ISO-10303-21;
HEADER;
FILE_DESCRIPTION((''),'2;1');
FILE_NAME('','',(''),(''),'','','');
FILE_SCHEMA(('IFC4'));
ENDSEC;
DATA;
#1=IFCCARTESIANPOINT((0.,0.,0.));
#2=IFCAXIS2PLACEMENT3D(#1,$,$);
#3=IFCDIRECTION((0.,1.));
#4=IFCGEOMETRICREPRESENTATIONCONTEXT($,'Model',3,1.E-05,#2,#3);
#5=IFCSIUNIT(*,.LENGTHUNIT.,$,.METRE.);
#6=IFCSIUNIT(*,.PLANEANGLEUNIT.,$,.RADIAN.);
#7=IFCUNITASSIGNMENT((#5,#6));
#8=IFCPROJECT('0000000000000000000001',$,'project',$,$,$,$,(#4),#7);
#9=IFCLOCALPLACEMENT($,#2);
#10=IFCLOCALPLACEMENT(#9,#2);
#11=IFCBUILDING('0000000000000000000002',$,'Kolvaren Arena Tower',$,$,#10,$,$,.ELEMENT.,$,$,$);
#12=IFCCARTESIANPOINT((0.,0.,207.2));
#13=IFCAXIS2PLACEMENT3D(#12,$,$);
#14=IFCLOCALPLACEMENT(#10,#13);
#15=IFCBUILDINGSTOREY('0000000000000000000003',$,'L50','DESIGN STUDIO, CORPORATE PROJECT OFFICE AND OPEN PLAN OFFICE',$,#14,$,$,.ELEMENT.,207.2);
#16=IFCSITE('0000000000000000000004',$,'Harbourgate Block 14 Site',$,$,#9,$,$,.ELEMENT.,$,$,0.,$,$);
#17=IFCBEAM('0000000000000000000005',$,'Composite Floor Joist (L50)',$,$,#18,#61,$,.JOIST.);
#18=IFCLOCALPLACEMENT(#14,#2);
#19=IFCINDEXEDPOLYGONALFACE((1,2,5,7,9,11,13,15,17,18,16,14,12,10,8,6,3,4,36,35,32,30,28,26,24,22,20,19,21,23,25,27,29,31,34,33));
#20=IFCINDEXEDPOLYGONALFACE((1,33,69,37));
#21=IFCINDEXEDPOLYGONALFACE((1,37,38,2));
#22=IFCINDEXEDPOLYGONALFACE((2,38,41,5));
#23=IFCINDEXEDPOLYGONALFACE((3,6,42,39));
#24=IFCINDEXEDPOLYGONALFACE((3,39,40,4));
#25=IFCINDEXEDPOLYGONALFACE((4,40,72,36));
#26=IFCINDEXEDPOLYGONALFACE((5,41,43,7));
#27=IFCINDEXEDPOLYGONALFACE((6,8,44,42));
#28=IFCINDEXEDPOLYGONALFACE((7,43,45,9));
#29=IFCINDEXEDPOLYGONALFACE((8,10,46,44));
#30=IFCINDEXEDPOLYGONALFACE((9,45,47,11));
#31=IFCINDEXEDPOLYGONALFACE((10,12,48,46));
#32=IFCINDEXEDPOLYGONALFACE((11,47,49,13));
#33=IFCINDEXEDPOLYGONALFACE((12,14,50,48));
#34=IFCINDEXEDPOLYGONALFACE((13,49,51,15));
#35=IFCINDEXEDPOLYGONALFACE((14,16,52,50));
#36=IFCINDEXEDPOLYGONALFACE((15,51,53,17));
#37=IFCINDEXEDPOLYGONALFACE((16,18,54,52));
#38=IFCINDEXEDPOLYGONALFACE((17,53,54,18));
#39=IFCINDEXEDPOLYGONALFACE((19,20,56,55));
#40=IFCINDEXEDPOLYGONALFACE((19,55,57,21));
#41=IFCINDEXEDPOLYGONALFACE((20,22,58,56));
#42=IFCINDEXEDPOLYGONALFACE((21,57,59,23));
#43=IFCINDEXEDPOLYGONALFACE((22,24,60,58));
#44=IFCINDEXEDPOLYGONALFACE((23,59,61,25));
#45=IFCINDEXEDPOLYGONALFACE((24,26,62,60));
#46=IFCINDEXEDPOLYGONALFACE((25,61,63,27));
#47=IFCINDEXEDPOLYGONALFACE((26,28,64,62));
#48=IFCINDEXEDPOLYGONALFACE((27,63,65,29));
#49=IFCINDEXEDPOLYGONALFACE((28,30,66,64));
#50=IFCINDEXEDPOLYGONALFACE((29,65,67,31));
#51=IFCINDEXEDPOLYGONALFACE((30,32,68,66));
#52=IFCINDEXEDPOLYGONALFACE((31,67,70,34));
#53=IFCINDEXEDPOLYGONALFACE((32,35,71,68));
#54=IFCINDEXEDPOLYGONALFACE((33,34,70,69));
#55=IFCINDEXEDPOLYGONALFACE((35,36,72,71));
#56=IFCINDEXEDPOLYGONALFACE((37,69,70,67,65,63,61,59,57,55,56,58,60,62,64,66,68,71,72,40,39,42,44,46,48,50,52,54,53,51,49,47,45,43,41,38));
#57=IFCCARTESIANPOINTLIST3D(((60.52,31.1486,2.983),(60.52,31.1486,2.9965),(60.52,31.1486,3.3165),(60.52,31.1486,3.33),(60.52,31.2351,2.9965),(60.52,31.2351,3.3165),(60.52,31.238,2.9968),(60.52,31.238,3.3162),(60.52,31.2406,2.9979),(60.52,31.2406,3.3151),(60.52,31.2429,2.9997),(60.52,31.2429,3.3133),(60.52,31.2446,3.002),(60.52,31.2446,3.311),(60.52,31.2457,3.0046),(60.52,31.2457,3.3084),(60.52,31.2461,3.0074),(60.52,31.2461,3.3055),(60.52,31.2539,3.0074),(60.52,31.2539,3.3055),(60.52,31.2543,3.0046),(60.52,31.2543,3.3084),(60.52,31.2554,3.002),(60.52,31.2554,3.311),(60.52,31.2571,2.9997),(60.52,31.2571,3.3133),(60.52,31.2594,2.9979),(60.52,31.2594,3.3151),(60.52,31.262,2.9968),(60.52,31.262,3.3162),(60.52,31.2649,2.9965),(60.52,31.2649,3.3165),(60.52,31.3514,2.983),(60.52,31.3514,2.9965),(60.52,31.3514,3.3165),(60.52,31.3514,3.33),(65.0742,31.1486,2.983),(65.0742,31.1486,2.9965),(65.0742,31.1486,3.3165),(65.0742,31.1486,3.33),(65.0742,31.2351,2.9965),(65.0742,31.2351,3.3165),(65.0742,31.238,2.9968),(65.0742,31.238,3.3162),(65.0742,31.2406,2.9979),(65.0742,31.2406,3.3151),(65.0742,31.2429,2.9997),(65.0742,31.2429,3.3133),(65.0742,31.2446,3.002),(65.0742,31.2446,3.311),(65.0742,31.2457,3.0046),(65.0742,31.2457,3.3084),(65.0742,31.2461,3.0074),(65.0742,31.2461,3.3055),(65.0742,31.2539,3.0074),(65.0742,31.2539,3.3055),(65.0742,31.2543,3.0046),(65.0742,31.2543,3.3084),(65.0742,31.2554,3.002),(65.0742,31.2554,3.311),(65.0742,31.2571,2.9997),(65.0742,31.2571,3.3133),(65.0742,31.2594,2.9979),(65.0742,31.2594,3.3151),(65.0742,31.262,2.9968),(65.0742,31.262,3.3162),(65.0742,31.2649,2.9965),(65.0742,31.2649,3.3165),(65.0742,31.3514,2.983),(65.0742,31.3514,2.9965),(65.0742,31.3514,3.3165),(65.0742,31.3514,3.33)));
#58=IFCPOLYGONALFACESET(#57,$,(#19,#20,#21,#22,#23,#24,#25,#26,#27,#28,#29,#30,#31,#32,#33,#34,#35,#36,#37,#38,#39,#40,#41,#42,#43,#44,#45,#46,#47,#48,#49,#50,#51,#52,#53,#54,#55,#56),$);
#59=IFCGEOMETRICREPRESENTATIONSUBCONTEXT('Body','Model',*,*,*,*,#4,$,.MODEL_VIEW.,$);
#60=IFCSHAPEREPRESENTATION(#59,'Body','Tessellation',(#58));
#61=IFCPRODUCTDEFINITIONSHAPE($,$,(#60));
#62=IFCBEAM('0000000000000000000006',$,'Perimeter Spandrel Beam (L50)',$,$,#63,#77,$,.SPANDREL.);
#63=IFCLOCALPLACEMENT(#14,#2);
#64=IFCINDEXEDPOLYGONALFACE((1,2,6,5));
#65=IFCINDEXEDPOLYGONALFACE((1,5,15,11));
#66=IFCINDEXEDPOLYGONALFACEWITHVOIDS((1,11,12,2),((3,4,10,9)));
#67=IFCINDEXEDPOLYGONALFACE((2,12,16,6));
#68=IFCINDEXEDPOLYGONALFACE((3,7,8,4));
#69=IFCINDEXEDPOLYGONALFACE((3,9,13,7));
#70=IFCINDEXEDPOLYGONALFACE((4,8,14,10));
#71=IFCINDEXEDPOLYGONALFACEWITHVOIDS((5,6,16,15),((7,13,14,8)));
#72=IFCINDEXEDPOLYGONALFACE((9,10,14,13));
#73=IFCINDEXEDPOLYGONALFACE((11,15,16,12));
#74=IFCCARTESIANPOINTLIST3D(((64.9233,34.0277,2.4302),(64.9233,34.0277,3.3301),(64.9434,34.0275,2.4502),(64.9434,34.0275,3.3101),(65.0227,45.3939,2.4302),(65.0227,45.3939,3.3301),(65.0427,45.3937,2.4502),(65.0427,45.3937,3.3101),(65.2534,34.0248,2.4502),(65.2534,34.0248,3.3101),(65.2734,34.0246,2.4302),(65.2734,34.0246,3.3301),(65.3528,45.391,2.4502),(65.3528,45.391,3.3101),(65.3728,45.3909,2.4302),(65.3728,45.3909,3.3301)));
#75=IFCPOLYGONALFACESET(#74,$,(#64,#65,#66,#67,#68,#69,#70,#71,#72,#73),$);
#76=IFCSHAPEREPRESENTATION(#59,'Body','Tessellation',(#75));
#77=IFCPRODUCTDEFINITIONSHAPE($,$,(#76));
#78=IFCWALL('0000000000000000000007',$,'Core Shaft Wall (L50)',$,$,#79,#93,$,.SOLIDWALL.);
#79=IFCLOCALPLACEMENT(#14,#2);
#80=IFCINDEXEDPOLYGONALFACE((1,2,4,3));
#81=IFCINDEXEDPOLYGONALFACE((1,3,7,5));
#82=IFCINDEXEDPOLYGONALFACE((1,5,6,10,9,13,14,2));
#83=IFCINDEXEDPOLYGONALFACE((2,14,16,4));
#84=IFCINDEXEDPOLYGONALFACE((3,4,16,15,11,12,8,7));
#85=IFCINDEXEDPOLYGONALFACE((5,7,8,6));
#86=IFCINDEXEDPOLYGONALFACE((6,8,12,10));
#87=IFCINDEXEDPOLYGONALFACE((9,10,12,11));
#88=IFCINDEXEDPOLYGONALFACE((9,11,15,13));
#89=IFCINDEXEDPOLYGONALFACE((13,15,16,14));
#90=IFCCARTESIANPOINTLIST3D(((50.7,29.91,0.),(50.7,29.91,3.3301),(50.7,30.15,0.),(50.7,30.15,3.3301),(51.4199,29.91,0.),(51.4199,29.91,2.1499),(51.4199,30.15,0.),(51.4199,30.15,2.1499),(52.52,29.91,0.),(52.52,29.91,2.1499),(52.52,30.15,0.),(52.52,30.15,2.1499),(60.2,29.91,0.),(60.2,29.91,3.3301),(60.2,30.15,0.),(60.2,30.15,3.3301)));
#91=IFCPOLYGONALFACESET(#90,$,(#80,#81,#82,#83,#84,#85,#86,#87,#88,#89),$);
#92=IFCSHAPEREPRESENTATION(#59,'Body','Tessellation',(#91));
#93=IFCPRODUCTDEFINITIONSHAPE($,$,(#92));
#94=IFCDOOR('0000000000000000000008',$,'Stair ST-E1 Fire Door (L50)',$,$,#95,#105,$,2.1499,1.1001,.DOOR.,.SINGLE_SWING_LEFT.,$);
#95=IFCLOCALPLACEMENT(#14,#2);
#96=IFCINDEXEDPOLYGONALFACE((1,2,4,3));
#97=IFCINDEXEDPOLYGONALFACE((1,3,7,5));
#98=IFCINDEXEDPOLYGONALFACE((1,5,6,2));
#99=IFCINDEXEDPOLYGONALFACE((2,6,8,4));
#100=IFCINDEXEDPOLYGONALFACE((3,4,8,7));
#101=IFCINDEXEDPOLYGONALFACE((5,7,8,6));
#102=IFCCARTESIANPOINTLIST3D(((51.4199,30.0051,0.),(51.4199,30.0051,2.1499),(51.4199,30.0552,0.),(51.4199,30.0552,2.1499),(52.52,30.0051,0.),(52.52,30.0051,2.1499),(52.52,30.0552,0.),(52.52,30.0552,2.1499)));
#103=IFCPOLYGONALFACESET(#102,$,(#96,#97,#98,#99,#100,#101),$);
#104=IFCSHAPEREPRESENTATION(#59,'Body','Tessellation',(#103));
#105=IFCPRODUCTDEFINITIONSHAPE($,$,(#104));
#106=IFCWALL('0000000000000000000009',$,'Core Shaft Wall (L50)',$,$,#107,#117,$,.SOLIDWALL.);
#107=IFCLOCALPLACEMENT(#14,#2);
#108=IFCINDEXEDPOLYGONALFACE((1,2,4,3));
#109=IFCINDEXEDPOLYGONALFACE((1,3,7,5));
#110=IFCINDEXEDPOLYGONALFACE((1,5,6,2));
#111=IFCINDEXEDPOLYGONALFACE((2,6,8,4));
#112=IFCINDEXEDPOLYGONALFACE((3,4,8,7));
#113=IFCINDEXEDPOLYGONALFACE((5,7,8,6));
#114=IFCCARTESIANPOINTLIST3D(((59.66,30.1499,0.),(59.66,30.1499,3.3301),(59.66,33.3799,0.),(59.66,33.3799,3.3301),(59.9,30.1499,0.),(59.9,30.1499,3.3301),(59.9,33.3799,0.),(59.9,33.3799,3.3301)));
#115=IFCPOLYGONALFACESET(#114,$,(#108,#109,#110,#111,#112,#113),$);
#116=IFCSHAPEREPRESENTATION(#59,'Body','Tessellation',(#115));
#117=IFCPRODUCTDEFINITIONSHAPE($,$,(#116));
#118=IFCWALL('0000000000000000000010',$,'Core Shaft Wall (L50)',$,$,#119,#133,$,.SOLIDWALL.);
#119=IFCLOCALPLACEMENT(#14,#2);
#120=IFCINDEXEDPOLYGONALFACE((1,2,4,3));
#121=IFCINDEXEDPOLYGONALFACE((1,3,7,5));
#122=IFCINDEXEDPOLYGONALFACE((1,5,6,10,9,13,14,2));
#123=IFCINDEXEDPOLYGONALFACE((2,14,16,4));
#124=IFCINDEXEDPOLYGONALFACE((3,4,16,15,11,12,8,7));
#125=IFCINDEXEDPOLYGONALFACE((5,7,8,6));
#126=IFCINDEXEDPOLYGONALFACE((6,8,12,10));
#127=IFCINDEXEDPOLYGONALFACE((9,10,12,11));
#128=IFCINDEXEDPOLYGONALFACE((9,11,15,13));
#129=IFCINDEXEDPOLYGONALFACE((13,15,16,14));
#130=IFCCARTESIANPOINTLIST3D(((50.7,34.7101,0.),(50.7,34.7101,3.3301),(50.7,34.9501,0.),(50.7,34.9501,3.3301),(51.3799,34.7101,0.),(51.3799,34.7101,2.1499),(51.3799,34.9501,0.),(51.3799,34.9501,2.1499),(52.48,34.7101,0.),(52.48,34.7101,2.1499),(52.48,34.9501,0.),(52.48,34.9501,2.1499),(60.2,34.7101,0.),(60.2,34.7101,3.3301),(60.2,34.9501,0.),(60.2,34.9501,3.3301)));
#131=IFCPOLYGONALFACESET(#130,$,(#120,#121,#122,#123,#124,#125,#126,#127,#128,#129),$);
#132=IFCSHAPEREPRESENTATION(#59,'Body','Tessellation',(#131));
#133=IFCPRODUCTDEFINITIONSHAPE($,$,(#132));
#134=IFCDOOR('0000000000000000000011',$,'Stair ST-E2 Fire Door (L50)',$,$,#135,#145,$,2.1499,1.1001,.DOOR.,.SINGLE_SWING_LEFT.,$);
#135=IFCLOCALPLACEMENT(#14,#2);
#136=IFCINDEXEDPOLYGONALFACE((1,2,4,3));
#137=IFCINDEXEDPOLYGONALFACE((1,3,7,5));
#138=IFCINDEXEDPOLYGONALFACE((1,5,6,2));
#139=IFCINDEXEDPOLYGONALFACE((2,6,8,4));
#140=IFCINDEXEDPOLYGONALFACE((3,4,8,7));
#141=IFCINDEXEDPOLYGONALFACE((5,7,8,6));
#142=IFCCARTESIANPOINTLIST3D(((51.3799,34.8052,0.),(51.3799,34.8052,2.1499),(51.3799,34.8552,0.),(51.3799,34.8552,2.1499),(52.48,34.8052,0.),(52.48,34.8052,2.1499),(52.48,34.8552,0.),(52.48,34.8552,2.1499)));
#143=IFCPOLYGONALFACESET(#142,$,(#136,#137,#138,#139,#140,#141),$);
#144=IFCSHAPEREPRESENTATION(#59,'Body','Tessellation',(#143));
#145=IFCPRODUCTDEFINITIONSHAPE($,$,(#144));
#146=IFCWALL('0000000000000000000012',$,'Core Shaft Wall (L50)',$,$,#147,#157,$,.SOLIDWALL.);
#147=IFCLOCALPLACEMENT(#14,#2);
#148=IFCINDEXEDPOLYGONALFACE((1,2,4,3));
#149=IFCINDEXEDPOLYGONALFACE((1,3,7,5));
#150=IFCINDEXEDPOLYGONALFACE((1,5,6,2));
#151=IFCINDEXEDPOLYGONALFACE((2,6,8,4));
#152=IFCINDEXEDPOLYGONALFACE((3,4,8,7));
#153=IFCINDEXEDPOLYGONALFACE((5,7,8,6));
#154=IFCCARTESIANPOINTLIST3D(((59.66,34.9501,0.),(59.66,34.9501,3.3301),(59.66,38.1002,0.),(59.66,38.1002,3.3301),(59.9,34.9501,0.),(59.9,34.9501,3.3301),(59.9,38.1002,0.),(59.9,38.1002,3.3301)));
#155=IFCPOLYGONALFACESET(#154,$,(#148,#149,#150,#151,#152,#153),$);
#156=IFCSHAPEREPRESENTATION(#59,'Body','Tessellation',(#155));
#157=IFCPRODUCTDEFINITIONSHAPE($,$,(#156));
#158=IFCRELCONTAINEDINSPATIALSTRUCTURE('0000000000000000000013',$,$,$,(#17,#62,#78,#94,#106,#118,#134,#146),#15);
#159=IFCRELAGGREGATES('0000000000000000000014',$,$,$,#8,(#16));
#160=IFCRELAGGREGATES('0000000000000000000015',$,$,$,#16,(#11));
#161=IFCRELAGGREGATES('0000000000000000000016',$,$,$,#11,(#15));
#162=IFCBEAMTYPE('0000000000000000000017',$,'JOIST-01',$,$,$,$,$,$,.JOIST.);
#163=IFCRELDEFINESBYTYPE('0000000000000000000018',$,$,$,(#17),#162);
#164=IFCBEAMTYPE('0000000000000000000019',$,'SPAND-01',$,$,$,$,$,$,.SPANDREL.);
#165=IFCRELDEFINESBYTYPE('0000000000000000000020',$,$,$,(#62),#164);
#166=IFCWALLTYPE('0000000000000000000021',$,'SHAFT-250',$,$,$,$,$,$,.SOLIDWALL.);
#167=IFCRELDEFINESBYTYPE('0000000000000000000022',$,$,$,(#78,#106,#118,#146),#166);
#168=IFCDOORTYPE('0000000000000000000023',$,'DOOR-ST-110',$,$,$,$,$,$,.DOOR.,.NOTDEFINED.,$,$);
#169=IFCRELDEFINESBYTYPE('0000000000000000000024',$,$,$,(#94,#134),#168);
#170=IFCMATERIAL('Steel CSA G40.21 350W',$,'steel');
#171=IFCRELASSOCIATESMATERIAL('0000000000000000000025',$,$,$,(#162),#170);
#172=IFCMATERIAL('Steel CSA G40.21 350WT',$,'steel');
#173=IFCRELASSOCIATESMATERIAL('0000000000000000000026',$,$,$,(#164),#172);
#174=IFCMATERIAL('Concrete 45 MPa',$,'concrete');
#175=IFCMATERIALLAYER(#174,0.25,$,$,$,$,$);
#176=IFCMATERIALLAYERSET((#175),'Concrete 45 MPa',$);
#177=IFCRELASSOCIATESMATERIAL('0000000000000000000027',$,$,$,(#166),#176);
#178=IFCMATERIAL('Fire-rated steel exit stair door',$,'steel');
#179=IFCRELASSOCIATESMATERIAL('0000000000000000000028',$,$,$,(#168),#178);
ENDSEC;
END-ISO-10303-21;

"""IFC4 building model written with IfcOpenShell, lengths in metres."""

from ifc_helpers import new_model, si_unit, direction, frame, frame_2d, origin, origin_2d, place, context, subcontext, project, spatial, rectangle, hollow_rectangle, i_section, extrude, material, layer, layer_set, material_profile, profile_set, type_object, element, fill, save


model = new_model("IFC4")

# Units and contexts
model_context = context("Model", 3, precision=1e-05, world=origin(), true_north=direction((0.0, 1.0)))
body_context = subcontext(model_context, "Body", "Model", "MODEL_VIEW")
ifc_project = project(units=[si_unit("LENGTHUNIT", "METRE"), si_unit("PLANEANGLEUNIT", "RADIAN")], contexts=[model_context])

# Site, building, storey
site_placement = place(None, origin())
site = spatial("IfcSite", under=ifc_project, at=site_placement, Name="Harbourgate Block 14 Site", CompositionType="ELEMENT", RefElevation=0.0)
building_placement = place(site_placement, origin())
building = spatial("IfcBuilding", under=site, at=building_placement, Name="Kolvaren Arena Tower", CompositionType="ELEMENT")
storey_placement = place(building_placement, frame((0.0, 0.0, 207.2)))
storey = spatial("IfcBuildingStorey", under=building, at=storey_placement, Name="L50", Description="DESIGN STUDIO, CORPORATE PROJECT OFFICE AND OPEN PLAN OFFICE", CompositionType="ELEMENT", Elevation=207.2)

# Beams
ifc_material_1 = material(Name="Steel CSA G40.21 350W", Category="steel")
ifc_material_profile_1 = material_profile(ifc_material_1, i_section(OverallWidth=0.2029, OverallDepth=0.3469, WebThickness=0.0078, FlangeThickness=0.0134, FilletRadius=0.011, at=origin_2d()), Name="W360x64")
ifc_profile_set_1 = profile_set([ifc_material_profile_1], Name="Steel CSA G40.21 350W")
beam_type_1 = type_object("IfcBeamType", Name="JOIST-01", PredefinedType="JOIST", material=ifc_profile_set_1)
beam_1_placement = place(storey_placement, frame((60.52, 31.25, 3.1565), z_axis=(1.0, 0.0, 0.0), x_axis=(0.0, 1.0, 0.0)))
element("IfcBeam", 1, at=beam_1_placement, inside=storey, type_object=beam_type_1, Name="Composite Floor Joist (L50)", PredefinedType="JOIST", context=body_context, shape_type="SweptSolid", body=[
    extrude(i_section(OverallWidth=0.2029, OverallDepth=0.3469, WebThickness=0.0078, FlangeThickness=0.0134, FilletRadius=0.011, at=origin_2d()), origin(), (0.0, 0.0, 1.0), 4.5542),
])
ifc_material_2 = material(Name="Steel CSA G40.21 350WT", Category="steel")
ifc_material_profile_2 = material_profile(ifc_material_2, hollow_rectangle(XDim=0.3501, YDim=0.8999, WallThickness=0.02, at=origin_2d()), Name="HSS 900x350x20")
ifc_profile_set_2 = profile_set([ifc_material_profile_2], Name="Steel CSA G40.21 350WT")
beam_type_2 = type_object("IfcBeamType", Name="SPAND-01", PredefinedType="SPANDREL", material=ifc_profile_set_2)
beam_2_placement = place(storey_placement, frame((65.0984, 34.0261, 2.8801), z_axis=(0.008742, 0.999962, 0.0), x_axis=(-0.999962, 0.008742, 0.0)))
element("IfcBeam", 2, at=beam_2_placement, inside=storey, type_object=beam_type_2, Name="Perimeter Spandrel Beam (L50)", PredefinedType="SPANDREL", context=body_context, shape_type="SweptSolid", body=[
    extrude(hollow_rectangle(XDim=0.3501, YDim=0.8999, WallThickness=0.02, at=origin_2d()), origin(), (0.0, 0.0, 1.0), 11.3667),
])

# Wall, opening, door
ifc_material_3 = material(Name="Concrete 45 MPa", Category="concrete")
ifc_layer = layer(ifc_material_3, 0.25)
ifc_layer_set = layer_set([ifc_layer], Name="Concrete 45 MPa")
wall_type = type_object("IfcWallType", Name="SHAFT-250", PredefinedType="SOLIDWALL", material=ifc_layer_set)
wall_1_placement = place(storey_placement, frame((60.2, 30.03, 0.0), z_axis=(0.0, 0.0, 1.0), x_axis=(-1.0, 0.0, 0.0)))
wall_1 = element("IfcWall", 3, at=wall_1_placement, inside=storey, type_object=wall_type, Name="Core Shaft Wall (L50)", PredefinedType="SOLIDWALL", context=body_context, shape_type="SweptSolid", body=[
    extrude(rectangle(XDim=9.5, YDim=0.24, at=frame_2d((4.75, 0.0))), origin(), (0.0, 0.0, 1.0), 3.3301),
])
opening_1_placement = place(wall_1_placement, frame((7.6799, 0.0, 0.0)))
opening_1 = element("IfcOpeningElement", 4, at=opening_1_placement, cuts=wall_1, PredefinedType="OPENING", context=body_context, shape_type="SweptSolid", body=[
    extrude(rectangle(XDim=1.1001, YDim=2.1499, at=frame_2d((0.55, 1.075))), frame((0.0, 0.1299, 0.0), z_axis=(0.0, -1.0, 0.0), x_axis=(1.0, 0.0, 0.0)), (0.0, 0.0, 1.0), 0.26),
])
ifc_material_4 = material(Name="Fire-rated steel exit stair door", Category="steel")
door_type = type_object("IfcDoorType", Name="DOOR-ST-110", OperationType="NOTDEFINED", PredefinedType="DOOR", material=ifc_material_4)
door_1_placement = place(opening_1_placement, origin())
door_1 = element("IfcDoor", 5, at=door_1_placement, inside=storey, type_object=door_type, Name="Stair ST-E1 Fire Door (L50)", OperationType="SINGLE_SWING_LEFT", OverallHeight=2.1499, OverallWidth=1.1001, PredefinedType="DOOR", context=body_context, shape_type="SweptSolid", body=[
    extrude(rectangle(XDim=1.1001, YDim=2.1499, at=frame_2d((0.55, 1.075))), frame((0.0, 0.0249, 0.0), z_axis=(0.0, -1.0, 0.0), x_axis=(1.0, 0.0, 0.0)), (0.0, 0.0, 1.0), 0.05),
])
fill(opening_1, door_1)

# Wall
wall_2_placement = place(storey_placement, frame((59.78, 30.1499, 0.0), z_axis=(0.0, 0.0, 1.0), x_axis=(0.0, 1.0, 0.0)))
element("IfcWall", 6, at=wall_2_placement, inside=storey, type_object=wall_type, Name="Core Shaft Wall (L50)", PredefinedType="SOLIDWALL", context=body_context, shape_type="SweptSolid", body=[
    extrude(rectangle(XDim=3.23, YDim=0.24, at=frame_2d((1.615, 0.0))), origin(), (0.0, 0.0, 1.0), 3.3301),
])

# Wall, opening, door
wall_3_placement = place(storey_placement, frame((60.2, 34.8301, 0.0), z_axis=(0.0, 0.0, 1.0), x_axis=(-1.0, 0.0, 0.0)))
wall_3 = element("IfcWall", 7, at=wall_3_placement, inside=storey, type_object=wall_type, Name="Core Shaft Wall (L50)", PredefinedType="SOLIDWALL", context=body_context, shape_type="SweptSolid", body=[
    extrude(rectangle(XDim=9.5, YDim=0.24, at=frame_2d((4.75, 0.0))), origin(), (0.0, 0.0, 1.0), 3.3301),
])
opening_2_placement = place(wall_3_placement, frame((7.72, 0.0, 0.0)))
opening_2 = element("IfcOpeningElement", 8, at=opening_2_placement, cuts=wall_3, PredefinedType="OPENING", context=body_context, shape_type="SweptSolid", body=[
    extrude(rectangle(XDim=1.1001, YDim=2.1499, at=frame_2d((0.55, 1.075))), frame((0.0, 0.1299, 0.0), z_axis=(0.0, -1.0, 0.0), x_axis=(1.0, 0.0, 0.0)), (0.0, 0.0, 1.0), 0.26),
])
door_2_placement = place(opening_2_placement, origin())
door_2 = element("IfcDoor", 9, at=door_2_placement, inside=storey, type_object=door_type, Name="Stair ST-E2 Fire Door (L50)", OperationType="SINGLE_SWING_LEFT", OverallHeight=2.1499, OverallWidth=1.1001, PredefinedType="DOOR", context=body_context, shape_type="SweptSolid", body=[
    extrude(rectangle(XDim=1.1001, YDim=2.1499, at=frame_2d((0.55, 1.075))), frame((0.0, 0.0249, 0.0), z_axis=(0.0, -1.0, 0.0), x_axis=(1.0, 0.0, 0.0)), (0.0, 0.0, 1.0), 0.05),
])
fill(opening_2, door_2)

# Wall
wall_4_placement = place(storey_placement, frame((59.78, 34.95, 0.0), z_axis=(0.0, 0.0, 1.0), x_axis=(0.0, 1.0, 0.0)))
element("IfcWall", 10, at=wall_4_placement, inside=storey, type_object=wall_type, Name="Core Shaft Wall (L50)", PredefinedType="SOLIDWALL", context=body_context, shape_type="SweptSolid", body=[
    extrude(rectangle(XDim=3.1501, YDim=0.24, at=frame_2d((1.5752, 0.0))), origin(), (0.0, 0.0, 1.0), 3.3301),
])

save(model, "model.ifc")
